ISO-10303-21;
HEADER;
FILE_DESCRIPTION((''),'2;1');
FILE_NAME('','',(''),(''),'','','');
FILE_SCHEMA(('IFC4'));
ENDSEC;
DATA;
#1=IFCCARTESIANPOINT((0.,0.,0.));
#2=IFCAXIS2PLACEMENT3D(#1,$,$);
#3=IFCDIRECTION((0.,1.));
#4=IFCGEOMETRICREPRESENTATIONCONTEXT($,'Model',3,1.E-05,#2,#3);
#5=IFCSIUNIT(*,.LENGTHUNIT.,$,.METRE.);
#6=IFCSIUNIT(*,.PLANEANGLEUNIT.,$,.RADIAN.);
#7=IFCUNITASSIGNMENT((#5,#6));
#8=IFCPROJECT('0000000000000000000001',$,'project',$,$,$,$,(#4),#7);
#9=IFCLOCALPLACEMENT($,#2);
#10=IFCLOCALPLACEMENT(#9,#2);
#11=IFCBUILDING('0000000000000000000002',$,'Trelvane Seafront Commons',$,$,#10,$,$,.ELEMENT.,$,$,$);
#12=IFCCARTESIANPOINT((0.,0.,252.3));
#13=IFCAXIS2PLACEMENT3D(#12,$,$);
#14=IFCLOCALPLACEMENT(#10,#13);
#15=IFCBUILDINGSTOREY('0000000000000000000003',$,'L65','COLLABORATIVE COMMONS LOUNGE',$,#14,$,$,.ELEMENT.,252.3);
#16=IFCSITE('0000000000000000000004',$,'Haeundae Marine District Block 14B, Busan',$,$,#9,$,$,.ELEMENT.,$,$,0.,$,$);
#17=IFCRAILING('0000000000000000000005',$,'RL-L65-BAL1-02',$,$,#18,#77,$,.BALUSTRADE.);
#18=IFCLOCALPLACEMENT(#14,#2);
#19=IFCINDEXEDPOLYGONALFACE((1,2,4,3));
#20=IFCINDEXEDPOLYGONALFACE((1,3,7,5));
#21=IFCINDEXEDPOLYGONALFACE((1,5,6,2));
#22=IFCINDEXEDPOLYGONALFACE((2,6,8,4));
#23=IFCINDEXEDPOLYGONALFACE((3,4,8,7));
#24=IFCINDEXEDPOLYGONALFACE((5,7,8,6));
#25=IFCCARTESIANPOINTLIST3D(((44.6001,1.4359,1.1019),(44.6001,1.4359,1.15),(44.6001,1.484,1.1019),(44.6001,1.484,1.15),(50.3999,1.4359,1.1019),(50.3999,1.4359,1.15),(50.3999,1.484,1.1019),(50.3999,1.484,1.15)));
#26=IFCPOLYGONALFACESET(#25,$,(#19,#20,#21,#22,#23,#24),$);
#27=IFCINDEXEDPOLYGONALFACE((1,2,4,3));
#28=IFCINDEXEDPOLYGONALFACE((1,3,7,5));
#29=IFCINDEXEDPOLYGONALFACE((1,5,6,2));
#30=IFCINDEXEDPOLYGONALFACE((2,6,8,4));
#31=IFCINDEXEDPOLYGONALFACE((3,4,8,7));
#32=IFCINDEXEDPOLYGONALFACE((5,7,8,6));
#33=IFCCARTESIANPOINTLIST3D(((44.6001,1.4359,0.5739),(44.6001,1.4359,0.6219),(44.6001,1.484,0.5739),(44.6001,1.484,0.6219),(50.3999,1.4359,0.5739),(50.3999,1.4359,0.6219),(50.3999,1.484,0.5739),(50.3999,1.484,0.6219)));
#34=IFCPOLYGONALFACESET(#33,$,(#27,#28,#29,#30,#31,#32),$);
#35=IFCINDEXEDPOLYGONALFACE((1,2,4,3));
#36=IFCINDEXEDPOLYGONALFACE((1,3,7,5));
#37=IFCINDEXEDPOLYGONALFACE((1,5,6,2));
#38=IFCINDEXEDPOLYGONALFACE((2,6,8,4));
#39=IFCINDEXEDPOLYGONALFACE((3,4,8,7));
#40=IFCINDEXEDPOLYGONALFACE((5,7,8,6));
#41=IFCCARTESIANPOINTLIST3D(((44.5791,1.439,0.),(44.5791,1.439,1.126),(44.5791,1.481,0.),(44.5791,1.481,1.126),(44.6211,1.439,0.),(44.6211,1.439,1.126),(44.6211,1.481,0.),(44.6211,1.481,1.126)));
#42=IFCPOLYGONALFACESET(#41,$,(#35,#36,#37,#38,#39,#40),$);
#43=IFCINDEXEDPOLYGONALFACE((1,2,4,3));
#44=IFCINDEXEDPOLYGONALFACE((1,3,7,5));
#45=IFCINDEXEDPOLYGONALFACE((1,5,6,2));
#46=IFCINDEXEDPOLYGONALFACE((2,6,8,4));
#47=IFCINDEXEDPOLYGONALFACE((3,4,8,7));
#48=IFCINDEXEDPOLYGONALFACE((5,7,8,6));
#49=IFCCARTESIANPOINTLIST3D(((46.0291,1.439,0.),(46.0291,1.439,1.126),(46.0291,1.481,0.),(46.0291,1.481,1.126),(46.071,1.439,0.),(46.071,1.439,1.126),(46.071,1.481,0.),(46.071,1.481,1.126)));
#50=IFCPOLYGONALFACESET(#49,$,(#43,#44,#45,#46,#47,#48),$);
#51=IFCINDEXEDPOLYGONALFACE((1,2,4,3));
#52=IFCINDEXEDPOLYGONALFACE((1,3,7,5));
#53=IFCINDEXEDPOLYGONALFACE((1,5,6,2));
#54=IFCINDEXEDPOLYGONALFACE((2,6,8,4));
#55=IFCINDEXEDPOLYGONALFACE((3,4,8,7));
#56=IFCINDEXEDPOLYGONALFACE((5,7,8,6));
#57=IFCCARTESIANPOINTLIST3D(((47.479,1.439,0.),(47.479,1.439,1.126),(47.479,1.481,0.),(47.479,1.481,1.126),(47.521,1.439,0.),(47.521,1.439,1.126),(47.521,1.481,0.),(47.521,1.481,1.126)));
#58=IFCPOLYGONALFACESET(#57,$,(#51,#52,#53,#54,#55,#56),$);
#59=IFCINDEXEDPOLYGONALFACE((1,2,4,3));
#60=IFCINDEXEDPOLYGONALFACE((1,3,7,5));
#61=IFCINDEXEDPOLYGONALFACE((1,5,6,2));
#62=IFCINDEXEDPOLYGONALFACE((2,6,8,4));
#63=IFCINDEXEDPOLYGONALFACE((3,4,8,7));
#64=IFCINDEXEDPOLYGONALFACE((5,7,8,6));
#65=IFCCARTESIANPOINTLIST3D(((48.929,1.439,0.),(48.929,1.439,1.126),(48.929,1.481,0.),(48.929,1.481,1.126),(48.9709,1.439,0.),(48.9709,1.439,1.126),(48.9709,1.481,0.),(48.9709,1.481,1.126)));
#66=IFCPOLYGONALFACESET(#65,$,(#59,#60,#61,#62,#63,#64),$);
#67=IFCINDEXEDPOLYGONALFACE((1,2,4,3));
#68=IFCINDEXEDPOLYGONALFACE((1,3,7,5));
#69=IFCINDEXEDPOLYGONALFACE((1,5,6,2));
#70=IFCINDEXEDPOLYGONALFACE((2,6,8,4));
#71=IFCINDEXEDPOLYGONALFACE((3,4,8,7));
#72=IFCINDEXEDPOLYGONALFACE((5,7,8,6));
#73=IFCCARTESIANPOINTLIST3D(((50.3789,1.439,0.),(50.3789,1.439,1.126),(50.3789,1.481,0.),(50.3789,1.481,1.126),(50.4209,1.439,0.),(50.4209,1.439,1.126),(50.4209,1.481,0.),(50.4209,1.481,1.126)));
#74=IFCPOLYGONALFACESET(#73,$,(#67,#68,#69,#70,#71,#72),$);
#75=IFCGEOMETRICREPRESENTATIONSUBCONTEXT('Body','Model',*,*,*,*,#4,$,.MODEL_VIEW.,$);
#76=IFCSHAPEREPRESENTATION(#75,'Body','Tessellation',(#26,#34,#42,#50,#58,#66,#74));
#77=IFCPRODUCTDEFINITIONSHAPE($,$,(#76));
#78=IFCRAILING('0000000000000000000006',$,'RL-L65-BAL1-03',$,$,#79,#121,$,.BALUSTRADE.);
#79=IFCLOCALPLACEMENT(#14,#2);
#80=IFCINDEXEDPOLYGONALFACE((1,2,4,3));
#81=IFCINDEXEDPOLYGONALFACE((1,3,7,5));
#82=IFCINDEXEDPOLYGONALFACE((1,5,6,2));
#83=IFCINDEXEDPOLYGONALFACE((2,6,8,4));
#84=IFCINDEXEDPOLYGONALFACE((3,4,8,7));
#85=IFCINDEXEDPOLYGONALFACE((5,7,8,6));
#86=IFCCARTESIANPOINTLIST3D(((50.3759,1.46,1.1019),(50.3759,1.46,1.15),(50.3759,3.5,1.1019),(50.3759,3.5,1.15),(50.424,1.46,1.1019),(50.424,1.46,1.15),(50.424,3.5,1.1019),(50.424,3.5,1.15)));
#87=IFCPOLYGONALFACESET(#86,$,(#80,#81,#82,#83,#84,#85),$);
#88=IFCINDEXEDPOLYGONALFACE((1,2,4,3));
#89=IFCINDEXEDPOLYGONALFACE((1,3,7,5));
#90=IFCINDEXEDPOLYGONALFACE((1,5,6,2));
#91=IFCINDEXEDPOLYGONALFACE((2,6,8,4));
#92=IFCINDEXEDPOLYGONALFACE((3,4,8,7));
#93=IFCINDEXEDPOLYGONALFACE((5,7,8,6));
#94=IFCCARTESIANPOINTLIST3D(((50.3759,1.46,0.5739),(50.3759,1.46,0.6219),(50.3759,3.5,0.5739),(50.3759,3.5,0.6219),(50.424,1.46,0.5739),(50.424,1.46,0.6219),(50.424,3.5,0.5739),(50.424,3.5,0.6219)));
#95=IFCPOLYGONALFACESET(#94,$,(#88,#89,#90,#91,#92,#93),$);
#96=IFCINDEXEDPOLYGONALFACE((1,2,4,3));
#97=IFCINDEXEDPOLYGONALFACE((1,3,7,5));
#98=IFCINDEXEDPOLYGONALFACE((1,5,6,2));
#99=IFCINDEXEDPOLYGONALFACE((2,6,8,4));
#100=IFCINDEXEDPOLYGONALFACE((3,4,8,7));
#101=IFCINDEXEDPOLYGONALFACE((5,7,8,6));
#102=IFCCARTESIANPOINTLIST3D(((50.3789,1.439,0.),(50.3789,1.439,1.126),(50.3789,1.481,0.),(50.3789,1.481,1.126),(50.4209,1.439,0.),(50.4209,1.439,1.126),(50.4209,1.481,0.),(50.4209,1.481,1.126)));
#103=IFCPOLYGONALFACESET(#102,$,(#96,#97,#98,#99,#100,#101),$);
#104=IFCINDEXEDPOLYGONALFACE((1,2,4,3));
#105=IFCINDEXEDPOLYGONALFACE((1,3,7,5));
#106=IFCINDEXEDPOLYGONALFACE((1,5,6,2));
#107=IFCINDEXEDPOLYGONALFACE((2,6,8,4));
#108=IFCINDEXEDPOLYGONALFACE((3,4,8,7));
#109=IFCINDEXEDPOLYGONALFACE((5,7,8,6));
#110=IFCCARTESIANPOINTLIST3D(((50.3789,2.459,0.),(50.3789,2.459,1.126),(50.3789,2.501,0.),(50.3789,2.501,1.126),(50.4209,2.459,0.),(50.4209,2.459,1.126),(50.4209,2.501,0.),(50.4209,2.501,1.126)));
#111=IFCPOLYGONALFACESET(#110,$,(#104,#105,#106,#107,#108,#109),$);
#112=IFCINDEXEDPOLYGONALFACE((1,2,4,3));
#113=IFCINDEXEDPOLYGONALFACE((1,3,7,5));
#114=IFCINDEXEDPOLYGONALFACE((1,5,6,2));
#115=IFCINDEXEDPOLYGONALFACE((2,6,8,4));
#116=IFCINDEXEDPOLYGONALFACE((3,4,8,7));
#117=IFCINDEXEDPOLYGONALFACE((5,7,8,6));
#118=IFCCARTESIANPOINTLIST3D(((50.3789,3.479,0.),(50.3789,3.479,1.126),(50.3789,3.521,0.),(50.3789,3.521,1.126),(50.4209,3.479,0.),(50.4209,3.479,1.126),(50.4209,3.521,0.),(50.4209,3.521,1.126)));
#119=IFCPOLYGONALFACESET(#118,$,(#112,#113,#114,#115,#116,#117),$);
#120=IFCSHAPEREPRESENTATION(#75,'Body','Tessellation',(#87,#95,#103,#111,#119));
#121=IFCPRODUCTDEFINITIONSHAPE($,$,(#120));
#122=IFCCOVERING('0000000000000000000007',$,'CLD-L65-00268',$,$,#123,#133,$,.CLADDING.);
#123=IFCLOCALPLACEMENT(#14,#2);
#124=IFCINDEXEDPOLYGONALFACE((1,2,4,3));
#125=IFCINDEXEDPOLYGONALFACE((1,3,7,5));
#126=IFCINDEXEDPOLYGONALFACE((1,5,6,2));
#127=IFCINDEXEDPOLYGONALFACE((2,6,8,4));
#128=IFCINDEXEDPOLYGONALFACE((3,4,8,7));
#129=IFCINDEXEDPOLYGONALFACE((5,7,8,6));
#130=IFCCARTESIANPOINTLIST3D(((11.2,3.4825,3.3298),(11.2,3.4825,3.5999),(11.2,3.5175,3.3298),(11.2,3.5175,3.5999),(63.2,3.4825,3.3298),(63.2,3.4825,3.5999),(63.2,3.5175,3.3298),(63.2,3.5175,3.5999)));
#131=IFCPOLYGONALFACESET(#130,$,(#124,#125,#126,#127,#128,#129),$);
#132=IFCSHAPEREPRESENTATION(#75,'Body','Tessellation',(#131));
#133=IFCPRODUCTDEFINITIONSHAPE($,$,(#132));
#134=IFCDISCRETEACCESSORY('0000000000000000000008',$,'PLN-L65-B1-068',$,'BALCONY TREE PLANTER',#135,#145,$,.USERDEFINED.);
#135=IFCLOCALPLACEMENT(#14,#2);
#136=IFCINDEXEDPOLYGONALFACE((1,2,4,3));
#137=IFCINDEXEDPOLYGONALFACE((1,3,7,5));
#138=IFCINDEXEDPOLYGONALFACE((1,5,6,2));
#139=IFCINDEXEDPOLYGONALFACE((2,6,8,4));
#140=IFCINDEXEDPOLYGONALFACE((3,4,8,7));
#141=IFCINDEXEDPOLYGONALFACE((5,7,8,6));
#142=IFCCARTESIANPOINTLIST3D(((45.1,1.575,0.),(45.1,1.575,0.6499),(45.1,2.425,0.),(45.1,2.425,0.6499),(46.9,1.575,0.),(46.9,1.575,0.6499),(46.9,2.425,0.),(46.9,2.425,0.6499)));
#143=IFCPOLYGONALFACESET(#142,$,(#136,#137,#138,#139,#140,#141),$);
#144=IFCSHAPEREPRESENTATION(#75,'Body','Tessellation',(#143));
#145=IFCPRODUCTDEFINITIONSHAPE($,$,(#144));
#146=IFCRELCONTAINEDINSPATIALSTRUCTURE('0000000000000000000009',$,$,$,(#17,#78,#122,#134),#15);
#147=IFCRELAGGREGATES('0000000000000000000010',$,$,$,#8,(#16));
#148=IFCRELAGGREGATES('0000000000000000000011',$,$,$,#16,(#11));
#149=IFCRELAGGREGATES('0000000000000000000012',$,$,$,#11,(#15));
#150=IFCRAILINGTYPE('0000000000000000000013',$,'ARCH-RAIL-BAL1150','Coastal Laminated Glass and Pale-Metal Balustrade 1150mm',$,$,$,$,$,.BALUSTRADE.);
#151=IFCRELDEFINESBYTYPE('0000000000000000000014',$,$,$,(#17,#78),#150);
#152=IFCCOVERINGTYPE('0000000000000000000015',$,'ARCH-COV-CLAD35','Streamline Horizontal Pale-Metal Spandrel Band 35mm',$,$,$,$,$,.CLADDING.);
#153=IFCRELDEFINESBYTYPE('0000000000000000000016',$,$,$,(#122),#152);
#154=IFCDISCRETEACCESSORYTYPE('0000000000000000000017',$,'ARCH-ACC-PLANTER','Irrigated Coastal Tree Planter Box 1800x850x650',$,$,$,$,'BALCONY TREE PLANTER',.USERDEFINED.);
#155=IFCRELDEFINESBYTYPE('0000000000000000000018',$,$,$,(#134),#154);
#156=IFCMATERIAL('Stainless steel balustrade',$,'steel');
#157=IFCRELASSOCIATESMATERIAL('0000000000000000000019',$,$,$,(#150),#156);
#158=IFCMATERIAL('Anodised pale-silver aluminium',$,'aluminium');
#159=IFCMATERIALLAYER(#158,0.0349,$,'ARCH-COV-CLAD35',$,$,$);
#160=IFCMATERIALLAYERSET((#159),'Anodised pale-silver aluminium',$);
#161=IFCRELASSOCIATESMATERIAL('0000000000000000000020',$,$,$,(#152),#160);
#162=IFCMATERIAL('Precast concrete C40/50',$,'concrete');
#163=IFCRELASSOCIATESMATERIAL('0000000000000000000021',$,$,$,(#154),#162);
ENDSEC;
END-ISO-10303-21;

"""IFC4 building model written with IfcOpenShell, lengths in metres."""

from ifc_helpers import new_model, si_unit, direction, frame, origin, origin_2d, place, context, subcontext, project, spatial, rectangle, extrude, source, transform, mapped, material, layer, layer_set, type_object, element, save


model = new_model("IFC4")

# Units and contexts
model_context = context("Model", 3, precision=1e-05, world=origin(), true_north=direction((0.0, 1.0)))
body_context = subcontext(model_context, "Body", "Model", "MODEL_VIEW")
ifc_project = project(units=[si_unit("LENGTHUNIT", "METRE"), si_unit("PLANEANGLEUNIT", "RADIAN")], contexts=[model_context])

# Site, building, storey
site_placement = place(None, origin())
site = spatial("IfcSite", under=ifc_project, at=site_placement, Name="Haeundae Marine District Block 14B, Busan", CompositionType="ELEMENT", RefElevation=0.0)
building_placement = place(site_placement, origin())
building = spatial("IfcBuilding", under=site, at=building_placement, Name="Trelvane Seafront Commons", CompositionType="ELEMENT")
storey_placement = place(building_placement, frame((0.0, 0.0, 252.3)))
storey = spatial("IfcBuildingStorey", under=building, at=storey_placement, Name="L65", Description="COLLABORATIVE COMMONS LOUNGE", CompositionType="ELEMENT", Elevation=252.3)

# Shared definitions
ifc_material_1 = material(Name="Anodised pale-silver aluminium", Category="aluminium")

# Railings
ifc_material_2 = material(Name="Stainless steel balustrade", Category="steel")
railing_type = type_object("IfcRailingType", Name="ARCH-RAIL-BAL1150", Description="Coastal Laminated Glass and Pale-Metal Balustrade 1150mm", PredefinedType="BALUSTRADE", material=ifc_material_2)
railing_1_placement = place(storey_placement, frame((44.6001, 1.46, 0.0)))
element("IfcRailing", 1, at=railing_1_placement, inside=storey, type_object=railing_type, Name="RL-L65-BAL1-02", PredefinedType="BALUSTRADE", context=body_context, shape_type="SweptSolid", body=[
    extrude(rectangle(XDim=0.0481, YDim=0.0481, at=origin_2d()), frame((0.0, 0.0, 1.126), z_axis=(1.0, 0.0, 0.0), x_axis=(0.0, 1.0, 0.0)), (0.0, 0.0, 1.0), 5.7998),
    extrude(rectangle(XDim=0.0481, YDim=0.0481, at=origin_2d()), frame((0.0, 0.0, 0.5979), z_axis=(1.0, 0.0, 0.0), x_axis=(0.0, 1.0, 0.0)), (0.0, 0.0, 1.0), 5.7998),
    extrude(rectangle(XDim=0.042, YDim=0.042, at=origin_2d()), origin(), (0.0, 0.0, 1.0), 1.126),
    extrude(rectangle(XDim=0.042, YDim=0.042, at=origin_2d()), frame((1.45, 0.0, 0.0)), (0.0, 0.0, 1.0), 1.126),
    extrude(rectangle(XDim=0.042, YDim=0.042, at=origin_2d()), frame((2.8999, 0.0, 0.0)), (0.0, 0.0, 1.0), 1.126),
    extrude(rectangle(XDim=0.042, YDim=0.042, at=origin_2d()), frame((4.3499, 0.0, 0.0)), (0.0, 0.0, 1.0), 1.126),
    extrude(rectangle(XDim=0.042, YDim=0.042, at=origin_2d()), frame((5.7998, 0.0, 0.0)), (0.0, 0.0, 1.0), 1.126),
])
railing_2_placement = place(storey_placement, frame((50.3999, 1.46, 0.0)))
element("IfcRailing", 2, at=railing_2_placement, inside=storey, type_object=railing_type, Name="RL-L65-BAL1-03", PredefinedType="BALUSTRADE", context=body_context, shape_type="SweptSolid", body=[
    extrude(rectangle(XDim=0.0481, YDim=0.0481, at=origin_2d()), frame((0.0, 0.0, 1.126), z_axis=(0.0, 1.0, 0.0), x_axis=(-1.0, 0.0, 0.0)), (0.0, 0.0, 1.0), 2.04),
    extrude(rectangle(XDim=0.0481, YDim=0.0481, at=origin_2d()), frame((0.0, 0.0, 0.5979), z_axis=(0.0, 1.0, 0.0), x_axis=(-1.0, 0.0, 0.0)), (0.0, 0.0, 1.0), 2.04),
    extrude(rectangle(XDim=0.042, YDim=0.042, at=origin_2d()), origin(), (0.0, 0.0, 1.0), 1.126),
    extrude(rectangle(XDim=0.042, YDim=0.042, at=origin_2d()), frame((0.0, 1.02, 0.0)), (0.0, 0.0, 1.0), 1.126),
    extrude(rectangle(XDim=0.042, YDim=0.042, at=origin_2d()), frame((0.0, 2.04, 0.0)), (0.0, 0.0, 1.0), 1.126),
])

# Covering
ifc_layer_1 = layer(ifc_material_1, 0.0349, Name="ARCH-COV-CLAD35")
ifc_layer_set_1 = layer_set([ifc_layer_1], Name="Anodised pale-silver aluminium")
covering_type = type_object("IfcCoveringType", Name="ARCH-COV-CLAD35", Description="Streamline Horizontal Pale-Metal Spandrel Band 35mm", PredefinedType="CLADDING", material=ifc_layer_set_1)
shared_shape_1 = source(origin(), body_context, "Body", "SweptSolid", [
    extrude(rectangle(XDim=52.0, YDim=0.0349, at=origin_2d()), origin(), (0.0, 0.0, 1.0), 0.27),
])
covering_placement = place(storey_placement, frame((37.2, 3.5, 3.3298), z_axis=(0.0, 0.0, 1.0), x_axis=(-1.0, 0.0, 0.0)))
element("IfcCovering", 3, at=covering_placement, inside=storey, type_object=covering_type, Name="CLD-L65-00268", PredefinedType="CLADDING", context=body_context, shape_type="MappedRepresentation", body=[
    mapped(shared_shape_1, transform((0.0, 0.0, 0.0), x_axis=(1.0, 0.0, 0.0), y_axis=(0.0, 1.0, 0.0), z_axis=(0.0, 0.0, 1.0), scale=1.0)),
])

# Discrete accessory
ifc_material_3 = material(Name="Precast concrete C40/50", Category="concrete")
discrete_accessory_type = type_object("IfcDiscreteAccessoryType", Name="ARCH-ACC-PLANTER", Description="Irrigated Coastal Tree Planter Box 1800x850x650", ElementType="BALCONY TREE PLANTER", PredefinedType="USERDEFINED", material=ifc_material_3)
shared_shape_2 = source(origin(), body_context, "Body", "SweptSolid", [
    extrude(rectangle(XDim=1.8, YDim=0.8501, at=origin_2d()), origin(), (0.0, 0.0, 1.0), 0.6499),
])
discrete_accessory_placement = place(storey_placement, frame((46.0, 2.0, 0.0), z_axis=(0.0, 0.0, 1.0), x_axis=(1.0, 0.0, 0.0)))
element("IfcDiscreteAccessory", 4, at=discrete_accessory_placement, inside=storey, type_object=discrete_accessory_type, Name="PLN-L65-B1-068", ObjectType="BALCONY TREE PLANTER", PredefinedType="USERDEFINED", context=body_context, shape_type="MappedRepresentation", body=[
    mapped(shared_shape_2, transform((0.0, 0.0, 0.0), x_axis=(1.0, 0.0, 0.0), y_axis=(0.0, 1.0, 0.0), z_axis=(0.0, 0.0, 1.0), scale=1.0)),
])

save(model, "model.ifc")
